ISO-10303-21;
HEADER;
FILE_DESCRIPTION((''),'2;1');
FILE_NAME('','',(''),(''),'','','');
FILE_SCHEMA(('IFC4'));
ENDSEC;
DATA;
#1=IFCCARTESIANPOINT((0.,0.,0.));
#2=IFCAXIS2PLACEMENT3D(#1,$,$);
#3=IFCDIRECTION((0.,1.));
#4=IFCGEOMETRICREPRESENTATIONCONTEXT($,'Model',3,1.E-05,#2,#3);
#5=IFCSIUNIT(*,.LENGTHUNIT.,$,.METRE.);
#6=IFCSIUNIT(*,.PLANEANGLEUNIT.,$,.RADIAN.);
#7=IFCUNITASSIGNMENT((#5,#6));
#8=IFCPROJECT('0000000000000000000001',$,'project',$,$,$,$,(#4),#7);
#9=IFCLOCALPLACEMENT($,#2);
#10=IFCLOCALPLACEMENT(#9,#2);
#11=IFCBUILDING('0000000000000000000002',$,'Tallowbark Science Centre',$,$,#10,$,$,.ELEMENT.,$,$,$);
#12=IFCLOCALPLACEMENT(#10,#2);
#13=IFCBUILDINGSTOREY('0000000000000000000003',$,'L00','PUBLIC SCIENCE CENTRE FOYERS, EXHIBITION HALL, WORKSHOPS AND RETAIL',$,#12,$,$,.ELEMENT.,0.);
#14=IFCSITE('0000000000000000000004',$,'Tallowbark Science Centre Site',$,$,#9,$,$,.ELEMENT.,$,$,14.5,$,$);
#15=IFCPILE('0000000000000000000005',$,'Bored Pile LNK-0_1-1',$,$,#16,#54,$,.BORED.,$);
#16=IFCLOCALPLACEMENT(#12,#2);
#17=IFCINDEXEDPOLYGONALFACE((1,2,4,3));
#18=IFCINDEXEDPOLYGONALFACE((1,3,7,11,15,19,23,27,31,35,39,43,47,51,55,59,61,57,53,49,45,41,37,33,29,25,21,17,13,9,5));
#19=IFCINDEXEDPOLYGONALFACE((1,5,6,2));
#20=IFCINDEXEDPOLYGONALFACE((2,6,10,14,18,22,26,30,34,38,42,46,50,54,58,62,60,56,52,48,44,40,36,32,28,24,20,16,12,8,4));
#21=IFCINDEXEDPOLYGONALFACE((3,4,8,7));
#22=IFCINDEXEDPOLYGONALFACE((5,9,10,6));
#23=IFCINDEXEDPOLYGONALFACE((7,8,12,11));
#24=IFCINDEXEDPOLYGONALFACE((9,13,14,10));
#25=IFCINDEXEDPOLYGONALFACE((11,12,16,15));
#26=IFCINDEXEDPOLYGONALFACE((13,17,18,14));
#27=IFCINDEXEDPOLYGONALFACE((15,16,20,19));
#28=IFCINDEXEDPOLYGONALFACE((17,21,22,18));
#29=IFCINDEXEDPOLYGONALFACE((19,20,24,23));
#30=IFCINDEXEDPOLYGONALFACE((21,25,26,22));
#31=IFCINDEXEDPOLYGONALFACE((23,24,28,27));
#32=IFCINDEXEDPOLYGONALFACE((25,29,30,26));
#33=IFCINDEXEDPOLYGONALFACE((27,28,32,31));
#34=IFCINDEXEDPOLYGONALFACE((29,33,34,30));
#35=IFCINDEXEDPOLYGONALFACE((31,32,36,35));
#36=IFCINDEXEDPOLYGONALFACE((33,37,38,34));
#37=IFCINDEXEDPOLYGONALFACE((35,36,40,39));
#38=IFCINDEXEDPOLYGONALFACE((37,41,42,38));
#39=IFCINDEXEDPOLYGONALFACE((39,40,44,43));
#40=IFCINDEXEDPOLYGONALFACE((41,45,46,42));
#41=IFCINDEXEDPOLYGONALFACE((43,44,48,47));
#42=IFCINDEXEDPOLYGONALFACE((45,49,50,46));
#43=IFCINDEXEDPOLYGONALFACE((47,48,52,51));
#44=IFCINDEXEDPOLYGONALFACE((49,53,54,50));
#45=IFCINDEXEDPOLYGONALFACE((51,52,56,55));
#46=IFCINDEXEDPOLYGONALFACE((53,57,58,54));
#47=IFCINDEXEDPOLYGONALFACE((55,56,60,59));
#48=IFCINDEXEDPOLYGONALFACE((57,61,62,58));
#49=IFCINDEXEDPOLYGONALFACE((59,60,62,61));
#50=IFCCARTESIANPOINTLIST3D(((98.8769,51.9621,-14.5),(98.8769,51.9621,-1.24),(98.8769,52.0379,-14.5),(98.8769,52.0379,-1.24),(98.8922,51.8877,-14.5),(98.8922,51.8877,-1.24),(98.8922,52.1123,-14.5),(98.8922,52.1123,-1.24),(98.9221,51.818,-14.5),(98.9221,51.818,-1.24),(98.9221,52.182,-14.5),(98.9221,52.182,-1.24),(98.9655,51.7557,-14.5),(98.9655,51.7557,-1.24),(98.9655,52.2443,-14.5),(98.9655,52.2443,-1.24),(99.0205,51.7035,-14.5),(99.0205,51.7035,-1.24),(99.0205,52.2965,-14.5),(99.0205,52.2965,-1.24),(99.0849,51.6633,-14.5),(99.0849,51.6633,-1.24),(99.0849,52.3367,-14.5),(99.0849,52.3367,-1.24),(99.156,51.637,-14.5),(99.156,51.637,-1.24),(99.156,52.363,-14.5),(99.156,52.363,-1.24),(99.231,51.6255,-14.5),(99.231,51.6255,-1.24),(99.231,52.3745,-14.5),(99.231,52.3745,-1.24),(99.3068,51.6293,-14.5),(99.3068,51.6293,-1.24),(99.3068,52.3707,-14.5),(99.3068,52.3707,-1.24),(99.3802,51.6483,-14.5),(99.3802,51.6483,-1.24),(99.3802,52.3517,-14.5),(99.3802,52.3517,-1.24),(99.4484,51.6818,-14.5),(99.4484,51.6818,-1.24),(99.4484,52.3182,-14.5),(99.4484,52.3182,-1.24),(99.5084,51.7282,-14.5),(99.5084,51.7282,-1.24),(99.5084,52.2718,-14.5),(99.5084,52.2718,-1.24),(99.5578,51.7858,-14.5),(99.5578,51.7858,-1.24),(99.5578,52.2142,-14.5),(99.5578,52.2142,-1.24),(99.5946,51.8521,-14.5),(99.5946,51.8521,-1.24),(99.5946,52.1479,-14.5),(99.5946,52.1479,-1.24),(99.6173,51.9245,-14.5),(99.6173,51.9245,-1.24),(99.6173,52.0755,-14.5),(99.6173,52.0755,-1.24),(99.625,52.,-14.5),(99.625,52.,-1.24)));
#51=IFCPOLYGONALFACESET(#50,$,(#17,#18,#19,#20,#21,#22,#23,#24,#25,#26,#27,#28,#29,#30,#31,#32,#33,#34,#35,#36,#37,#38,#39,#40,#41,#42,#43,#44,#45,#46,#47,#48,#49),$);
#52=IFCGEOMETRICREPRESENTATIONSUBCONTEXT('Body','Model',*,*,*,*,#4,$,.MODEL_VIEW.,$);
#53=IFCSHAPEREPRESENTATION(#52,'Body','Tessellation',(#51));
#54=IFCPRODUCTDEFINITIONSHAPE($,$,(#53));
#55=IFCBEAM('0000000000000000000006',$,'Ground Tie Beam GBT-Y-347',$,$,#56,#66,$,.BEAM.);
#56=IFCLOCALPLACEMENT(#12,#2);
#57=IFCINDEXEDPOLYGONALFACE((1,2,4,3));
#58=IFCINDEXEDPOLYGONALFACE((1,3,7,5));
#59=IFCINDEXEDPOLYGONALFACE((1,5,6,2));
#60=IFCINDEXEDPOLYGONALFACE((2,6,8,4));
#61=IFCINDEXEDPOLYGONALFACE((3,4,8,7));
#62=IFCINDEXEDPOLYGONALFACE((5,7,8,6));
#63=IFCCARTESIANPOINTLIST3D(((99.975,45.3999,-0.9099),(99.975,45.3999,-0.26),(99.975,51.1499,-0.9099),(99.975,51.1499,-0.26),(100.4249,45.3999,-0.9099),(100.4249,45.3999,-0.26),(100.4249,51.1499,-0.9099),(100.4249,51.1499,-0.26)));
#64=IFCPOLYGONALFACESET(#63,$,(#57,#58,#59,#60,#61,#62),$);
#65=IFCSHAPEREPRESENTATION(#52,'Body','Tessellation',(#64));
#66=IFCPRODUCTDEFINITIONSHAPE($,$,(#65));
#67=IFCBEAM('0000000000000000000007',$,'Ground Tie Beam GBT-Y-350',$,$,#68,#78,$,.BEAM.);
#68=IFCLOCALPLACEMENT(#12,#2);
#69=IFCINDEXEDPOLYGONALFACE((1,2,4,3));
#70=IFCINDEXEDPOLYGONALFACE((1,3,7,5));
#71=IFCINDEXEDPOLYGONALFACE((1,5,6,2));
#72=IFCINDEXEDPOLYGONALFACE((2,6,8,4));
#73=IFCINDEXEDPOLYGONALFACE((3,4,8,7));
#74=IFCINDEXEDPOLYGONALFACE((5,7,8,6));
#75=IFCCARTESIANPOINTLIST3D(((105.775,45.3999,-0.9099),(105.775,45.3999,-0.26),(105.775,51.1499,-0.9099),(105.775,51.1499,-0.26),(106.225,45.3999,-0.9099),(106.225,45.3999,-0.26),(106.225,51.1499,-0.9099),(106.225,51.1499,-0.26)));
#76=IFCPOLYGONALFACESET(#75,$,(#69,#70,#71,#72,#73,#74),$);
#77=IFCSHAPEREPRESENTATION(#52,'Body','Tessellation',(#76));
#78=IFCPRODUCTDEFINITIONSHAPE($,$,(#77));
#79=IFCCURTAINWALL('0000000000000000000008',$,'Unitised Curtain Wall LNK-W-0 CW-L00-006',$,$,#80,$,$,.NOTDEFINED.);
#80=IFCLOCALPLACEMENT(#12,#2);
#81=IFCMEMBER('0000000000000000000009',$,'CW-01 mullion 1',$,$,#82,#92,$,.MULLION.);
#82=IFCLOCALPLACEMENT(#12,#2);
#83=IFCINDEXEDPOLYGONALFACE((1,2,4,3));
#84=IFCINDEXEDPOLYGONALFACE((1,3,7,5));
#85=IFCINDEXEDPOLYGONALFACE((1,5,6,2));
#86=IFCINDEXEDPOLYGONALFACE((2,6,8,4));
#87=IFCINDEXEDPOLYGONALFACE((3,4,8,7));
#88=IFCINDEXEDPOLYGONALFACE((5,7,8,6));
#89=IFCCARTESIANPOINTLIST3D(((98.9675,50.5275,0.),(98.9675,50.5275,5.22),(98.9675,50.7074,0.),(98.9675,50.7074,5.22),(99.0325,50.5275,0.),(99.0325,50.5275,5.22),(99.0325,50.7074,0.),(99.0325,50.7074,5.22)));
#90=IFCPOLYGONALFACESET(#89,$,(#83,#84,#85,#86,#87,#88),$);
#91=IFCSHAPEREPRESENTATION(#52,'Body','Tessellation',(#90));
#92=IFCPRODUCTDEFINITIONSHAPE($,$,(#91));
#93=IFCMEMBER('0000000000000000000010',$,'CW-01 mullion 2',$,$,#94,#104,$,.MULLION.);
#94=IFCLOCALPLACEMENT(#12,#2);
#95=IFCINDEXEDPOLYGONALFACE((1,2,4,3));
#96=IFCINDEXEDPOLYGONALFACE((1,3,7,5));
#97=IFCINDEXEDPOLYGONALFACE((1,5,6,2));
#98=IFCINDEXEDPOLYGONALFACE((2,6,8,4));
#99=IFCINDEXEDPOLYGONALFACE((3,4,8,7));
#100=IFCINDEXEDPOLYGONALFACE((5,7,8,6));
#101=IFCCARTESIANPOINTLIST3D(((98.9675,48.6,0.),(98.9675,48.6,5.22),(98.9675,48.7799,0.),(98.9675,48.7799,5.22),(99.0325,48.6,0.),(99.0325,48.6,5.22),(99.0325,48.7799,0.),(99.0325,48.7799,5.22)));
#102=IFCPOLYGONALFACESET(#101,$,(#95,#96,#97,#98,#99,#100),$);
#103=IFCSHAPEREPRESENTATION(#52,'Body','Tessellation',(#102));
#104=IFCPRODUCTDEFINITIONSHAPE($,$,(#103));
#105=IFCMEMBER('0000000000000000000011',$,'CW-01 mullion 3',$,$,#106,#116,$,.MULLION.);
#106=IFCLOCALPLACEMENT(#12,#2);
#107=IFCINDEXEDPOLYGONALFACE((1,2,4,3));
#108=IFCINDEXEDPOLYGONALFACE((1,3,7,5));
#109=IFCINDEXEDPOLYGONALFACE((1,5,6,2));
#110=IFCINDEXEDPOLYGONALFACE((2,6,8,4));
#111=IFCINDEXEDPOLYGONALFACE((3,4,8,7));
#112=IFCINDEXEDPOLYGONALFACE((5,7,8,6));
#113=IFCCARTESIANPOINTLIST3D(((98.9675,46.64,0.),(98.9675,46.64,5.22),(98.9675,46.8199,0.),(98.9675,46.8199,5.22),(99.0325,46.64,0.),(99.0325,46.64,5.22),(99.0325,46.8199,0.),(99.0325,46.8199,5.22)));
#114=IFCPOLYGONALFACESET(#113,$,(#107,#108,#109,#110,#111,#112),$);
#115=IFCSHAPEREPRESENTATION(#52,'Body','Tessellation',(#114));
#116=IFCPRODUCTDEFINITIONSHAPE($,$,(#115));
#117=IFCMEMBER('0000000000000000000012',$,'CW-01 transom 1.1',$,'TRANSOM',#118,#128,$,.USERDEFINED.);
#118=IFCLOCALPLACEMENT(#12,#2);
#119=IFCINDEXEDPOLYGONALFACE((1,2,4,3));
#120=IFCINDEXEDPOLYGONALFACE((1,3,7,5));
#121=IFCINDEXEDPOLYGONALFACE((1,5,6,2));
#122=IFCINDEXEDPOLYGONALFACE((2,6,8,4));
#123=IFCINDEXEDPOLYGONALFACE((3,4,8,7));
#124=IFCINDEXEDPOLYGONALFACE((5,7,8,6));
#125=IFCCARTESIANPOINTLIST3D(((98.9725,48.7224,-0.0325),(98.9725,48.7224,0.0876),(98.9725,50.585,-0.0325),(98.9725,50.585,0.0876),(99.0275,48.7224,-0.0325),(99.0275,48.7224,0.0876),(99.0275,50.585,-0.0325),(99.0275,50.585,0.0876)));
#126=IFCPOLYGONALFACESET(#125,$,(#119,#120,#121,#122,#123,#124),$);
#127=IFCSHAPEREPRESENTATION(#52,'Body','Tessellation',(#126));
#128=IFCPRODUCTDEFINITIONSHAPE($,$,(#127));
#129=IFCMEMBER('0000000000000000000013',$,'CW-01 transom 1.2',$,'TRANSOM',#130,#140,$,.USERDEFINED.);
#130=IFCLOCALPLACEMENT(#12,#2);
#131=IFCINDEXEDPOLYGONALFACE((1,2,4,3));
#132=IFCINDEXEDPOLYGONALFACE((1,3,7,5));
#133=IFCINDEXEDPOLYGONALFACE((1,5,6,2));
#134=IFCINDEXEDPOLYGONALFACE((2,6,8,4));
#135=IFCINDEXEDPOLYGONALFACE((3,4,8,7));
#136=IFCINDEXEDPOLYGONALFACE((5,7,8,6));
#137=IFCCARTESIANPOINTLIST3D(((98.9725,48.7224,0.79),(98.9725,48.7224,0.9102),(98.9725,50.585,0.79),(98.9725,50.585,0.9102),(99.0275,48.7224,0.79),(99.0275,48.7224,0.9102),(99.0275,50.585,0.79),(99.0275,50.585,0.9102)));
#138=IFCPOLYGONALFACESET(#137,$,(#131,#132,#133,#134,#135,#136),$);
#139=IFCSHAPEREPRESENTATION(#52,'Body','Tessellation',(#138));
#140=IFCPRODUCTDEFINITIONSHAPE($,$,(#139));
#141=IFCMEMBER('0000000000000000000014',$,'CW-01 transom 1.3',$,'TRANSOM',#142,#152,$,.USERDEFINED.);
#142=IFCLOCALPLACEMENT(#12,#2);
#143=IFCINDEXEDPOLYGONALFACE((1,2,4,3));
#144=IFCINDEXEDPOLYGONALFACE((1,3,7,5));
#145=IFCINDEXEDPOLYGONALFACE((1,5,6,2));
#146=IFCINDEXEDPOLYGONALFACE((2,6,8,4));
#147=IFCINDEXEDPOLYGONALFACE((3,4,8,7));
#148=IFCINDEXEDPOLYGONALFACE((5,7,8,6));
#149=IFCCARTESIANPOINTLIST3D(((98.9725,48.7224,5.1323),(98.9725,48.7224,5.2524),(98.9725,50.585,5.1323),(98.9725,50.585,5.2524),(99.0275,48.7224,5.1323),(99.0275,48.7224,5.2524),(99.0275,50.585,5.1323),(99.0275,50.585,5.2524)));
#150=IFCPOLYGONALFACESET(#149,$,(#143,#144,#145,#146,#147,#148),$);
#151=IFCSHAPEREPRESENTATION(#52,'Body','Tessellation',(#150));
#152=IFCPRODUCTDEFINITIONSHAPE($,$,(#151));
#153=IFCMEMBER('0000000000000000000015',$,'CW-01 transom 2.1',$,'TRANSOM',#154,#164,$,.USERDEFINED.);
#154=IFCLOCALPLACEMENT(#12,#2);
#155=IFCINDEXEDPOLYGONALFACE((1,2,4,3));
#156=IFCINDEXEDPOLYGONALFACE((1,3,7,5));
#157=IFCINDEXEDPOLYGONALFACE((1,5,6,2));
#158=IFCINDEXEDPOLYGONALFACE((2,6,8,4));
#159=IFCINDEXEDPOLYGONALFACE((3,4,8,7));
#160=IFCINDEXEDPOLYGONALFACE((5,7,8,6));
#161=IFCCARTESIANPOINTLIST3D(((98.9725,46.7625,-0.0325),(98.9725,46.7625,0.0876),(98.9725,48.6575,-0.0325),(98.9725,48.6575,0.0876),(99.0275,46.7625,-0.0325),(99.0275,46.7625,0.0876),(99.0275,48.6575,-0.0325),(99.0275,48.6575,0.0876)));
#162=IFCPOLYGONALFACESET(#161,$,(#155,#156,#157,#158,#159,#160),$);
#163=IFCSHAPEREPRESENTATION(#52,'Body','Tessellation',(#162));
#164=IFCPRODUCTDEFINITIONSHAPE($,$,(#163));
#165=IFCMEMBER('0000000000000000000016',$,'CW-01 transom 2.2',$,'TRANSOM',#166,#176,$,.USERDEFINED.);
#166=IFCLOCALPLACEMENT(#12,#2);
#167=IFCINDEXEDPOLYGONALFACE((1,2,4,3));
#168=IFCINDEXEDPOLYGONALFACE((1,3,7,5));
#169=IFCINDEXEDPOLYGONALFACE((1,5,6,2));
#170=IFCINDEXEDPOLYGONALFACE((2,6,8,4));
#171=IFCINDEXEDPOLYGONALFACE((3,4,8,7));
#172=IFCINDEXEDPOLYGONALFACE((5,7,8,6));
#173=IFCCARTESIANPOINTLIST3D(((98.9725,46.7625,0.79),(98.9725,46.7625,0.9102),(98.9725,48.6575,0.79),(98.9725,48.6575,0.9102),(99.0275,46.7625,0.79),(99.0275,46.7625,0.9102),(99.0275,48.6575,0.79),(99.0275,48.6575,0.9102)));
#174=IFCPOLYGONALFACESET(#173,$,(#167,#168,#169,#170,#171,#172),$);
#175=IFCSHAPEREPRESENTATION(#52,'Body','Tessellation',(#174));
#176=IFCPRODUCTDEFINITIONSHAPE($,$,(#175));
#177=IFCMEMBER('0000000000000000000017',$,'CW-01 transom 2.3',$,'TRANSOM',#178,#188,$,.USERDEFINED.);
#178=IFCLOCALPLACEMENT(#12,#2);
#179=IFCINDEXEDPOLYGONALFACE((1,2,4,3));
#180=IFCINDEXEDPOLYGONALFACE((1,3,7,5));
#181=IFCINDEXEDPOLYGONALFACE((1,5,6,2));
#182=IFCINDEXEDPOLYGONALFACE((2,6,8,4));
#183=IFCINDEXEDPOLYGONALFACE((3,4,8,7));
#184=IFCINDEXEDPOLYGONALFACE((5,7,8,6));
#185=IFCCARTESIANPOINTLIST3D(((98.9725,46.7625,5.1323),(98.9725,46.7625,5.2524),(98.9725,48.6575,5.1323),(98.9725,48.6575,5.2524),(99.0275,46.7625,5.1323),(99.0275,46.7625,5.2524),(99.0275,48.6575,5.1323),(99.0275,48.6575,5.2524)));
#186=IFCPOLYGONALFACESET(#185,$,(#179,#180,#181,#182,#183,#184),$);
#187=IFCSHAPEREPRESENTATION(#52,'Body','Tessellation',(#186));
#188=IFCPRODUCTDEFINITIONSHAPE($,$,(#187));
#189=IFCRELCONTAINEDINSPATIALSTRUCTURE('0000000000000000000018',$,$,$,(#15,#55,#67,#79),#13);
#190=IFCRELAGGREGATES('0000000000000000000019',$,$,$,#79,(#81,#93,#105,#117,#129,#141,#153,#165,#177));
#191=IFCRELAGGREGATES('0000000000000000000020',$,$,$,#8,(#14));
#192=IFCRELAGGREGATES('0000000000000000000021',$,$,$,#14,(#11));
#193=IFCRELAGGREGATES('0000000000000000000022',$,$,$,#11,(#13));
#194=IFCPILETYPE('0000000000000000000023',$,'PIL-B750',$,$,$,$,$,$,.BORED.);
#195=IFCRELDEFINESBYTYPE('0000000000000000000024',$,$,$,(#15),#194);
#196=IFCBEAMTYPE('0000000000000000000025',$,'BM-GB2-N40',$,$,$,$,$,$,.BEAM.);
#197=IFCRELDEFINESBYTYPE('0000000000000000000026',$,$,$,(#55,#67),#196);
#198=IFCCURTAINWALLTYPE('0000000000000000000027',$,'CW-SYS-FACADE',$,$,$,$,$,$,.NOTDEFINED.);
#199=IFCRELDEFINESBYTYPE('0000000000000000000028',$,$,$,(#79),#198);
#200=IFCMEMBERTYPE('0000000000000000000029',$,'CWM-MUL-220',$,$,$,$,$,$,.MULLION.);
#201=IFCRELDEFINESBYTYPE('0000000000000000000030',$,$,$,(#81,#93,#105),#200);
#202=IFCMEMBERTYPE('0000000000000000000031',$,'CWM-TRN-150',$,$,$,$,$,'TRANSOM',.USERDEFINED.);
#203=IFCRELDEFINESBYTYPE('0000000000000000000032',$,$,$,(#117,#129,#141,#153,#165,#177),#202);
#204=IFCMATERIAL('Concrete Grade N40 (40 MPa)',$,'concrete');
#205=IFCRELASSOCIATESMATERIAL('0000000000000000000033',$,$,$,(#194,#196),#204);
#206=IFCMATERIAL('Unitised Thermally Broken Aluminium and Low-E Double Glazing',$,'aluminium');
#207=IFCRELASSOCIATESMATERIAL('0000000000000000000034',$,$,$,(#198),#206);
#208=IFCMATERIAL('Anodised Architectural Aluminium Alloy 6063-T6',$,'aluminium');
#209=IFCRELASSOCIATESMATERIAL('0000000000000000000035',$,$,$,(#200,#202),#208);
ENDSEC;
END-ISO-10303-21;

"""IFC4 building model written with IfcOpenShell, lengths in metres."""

from ifc_helpers import new_model, si_unit, direction, frame, origin, origin_2d, place, context, subcontext, project, spatial, rectangle, circle, extrude, material, material_profile, profile_set, type_object, element, aggregate, save


model = new_model("IFC4")

# Units and contexts
model_context = context("Model", 3, precision=1e-05, world=origin(), true_north=direction((0.0, 1.0)))
body_context = subcontext(model_context, "Body", "Model", "MODEL_VIEW")
ifc_project = project(units=[si_unit("LENGTHUNIT", "METRE"), si_unit("PLANEANGLEUNIT", "RADIAN")], contexts=[model_context])

# Site, building, storey
site_placement = place(None, origin())
site = spatial("IfcSite", under=ifc_project, at=site_placement, Name="Tallowbark Science Centre Site", CompositionType="ELEMENT", RefElevation=14.5)
building_placement = place(site_placement, origin())
building = spatial("IfcBuilding", under=site, at=building_placement, Name="Tallowbark Science Centre", CompositionType="ELEMENT")
storey_placement = place(building_placement, origin())
storey = spatial("IfcBuildingStorey", under=building, at=storey_placement, Name="L00", Description="PUBLIC SCIENCE CENTRE FOYERS, EXHIBITION HALL, WORKSHOPS AND RETAIL", CompositionType="ELEMENT", Elevation=0.0)

# Pile
ifc_material_1 = material(Name="Concrete Grade N40 (40 MPa)", Category="concrete")
ifc_material_profile_1 = material_profile(ifc_material_1, circle(Radius=0.375, at=origin_2d()), Name="PILE750")
ifc_profile_set_1 = profile_set([ifc_material_profile_1], Name="Concrete Grade N40 (40 MPa)")
pile_type = type_object("IfcPileType", Name="PIL-B750", PredefinedType="BORED", material=ifc_profile_set_1)
pile_placement = place(storey_placement, frame((99.25, 52.0, -1.24), z_axis=(0.0, 0.0, -1.0), x_axis=(1.0, 0.0, 0.0)))
element("IfcPile", 1, at=pile_placement, inside=storey, type_object=pile_type, Name="Bored Pile LNK-0_1-1", PredefinedType="BORED", context=body_context, shape_type="SweptSolid", body=[
    extrude(circle(Radius=0.375, at=origin_2d()), origin(), (0.0, 0.0, 1.0), 13.26),
])

# Beams
ifc_material_profile_2 = material_profile(ifc_material_1, rectangle(XDim=0.45, YDim=0.6499, at=origin_2d()), Name="RC450x650")
ifc_profile_set_2 = profile_set([ifc_material_profile_2], Name="Concrete Grade N40 (40 MPa)")
beam_type = type_object("IfcBeamType", Name="BM-GB2-N40", PredefinedType="BEAM", material=ifc_profile_set_2)
for number, where, z_axis, x_axis, name in (
    (2, (100.2, 45.3999, -0.585), (0.0, 1.0, 0.0), (-1.0, 0.0, 0.0), "Ground Tie Beam GBT-Y-347"),
    (3, (106.0, 45.3999, -0.585), (0.0, 1.0, 0.0), (-1.0, 0.0, 0.0), "Ground Tie Beam GBT-Y-350"),
):
    element("IfcBeam", number, at=place(storey_placement, frame(where, z_axis=z_axis, x_axis=x_axis)), inside=storey, type_object=beam_type, Name=name, PredefinedType="BEAM", context=body_context, shape_type="SweptSolid", body=[
        extrude(rectangle(XDim=0.45, YDim=0.6499, at=origin_2d()), origin(), (0.0, 0.0, 1.0), 5.75),
    ])

# Curtain wall, members
ifc_material_2 = material(Name="Unitised Thermally Broken Aluminium and Low-E Double Glazing", Category="aluminium")
curtain_wall_type = type_object("IfcCurtainWallType", Name="CW-SYS-FACADE", PredefinedType="NOTDEFINED", material=ifc_material_2)
curtain_wall_placement = place(storey_placement, origin())
curtain_wall = element("IfcCurtainWall", 4, at=curtain_wall_placement, inside=storey, type_object=curtain_wall_type, Name="Unitised Curtain Wall LNK-W-0 CW-L00-006", PredefinedType="NOTDEFINED")
ifc_material_3 = material(Name="Anodised Architectural Aluminium Alloy 6063-T6", Category="aluminium")
ifc_material_profile_3 = material_profile(ifc_material_3, rectangle(XDim=0.0649, YDim=0.1799, at=origin_2d()), Name="ALU65x180")
ifc_profile_set_3 = profile_set([ifc_material_profile_3], Name="Anodised Architectural Aluminium Alloy 6063-T6")
member_type_1 = type_object("IfcMemberType", Name="CWM-MUL-220", PredefinedType="MULLION", material=ifc_profile_set_3)
member_1_placement = place(storey_placement, frame((99.0, 50.6174, 0.0), z_axis=(0.0, 0.0, 1.0), x_axis=(1.0, 0.0, 0.0)))
member_1 = element("IfcMember", 5, at=member_1_placement, type_object=member_type_1, Name="CW-01 mullion 1", PredefinedType="MULLION", context=body_context, shape_type="SweptSolid", body=[
    extrude(rectangle(XDim=0.0649, YDim=0.1799, at=origin_2d()), origin(), (0.0, 0.0, 1.0), 5.22),
])
member_2_placement = place(storey_placement, frame((99.0, 48.6899, 0.0), z_axis=(0.0, 0.0, 1.0), x_axis=(1.0, 0.0, 0.0)))
member_2 = element("IfcMember", 6, at=member_2_placement, type_object=member_type_1, Name="CW-01 mullion 2", PredefinedType="MULLION", context=body_context, shape_type="SweptSolid", body=[
    extrude(rectangle(XDim=0.0649, YDim=0.1799, at=origin_2d()), origin(), (0.0, 0.0, 1.0), 5.22),
])
member_3_placement = place(storey_placement, frame((99.0, 46.73, 0.0), z_axis=(0.0, 0.0, 1.0), x_axis=(1.0, 0.0, 0.0)))
member_3 = element("IfcMember", 7, at=member_3_placement, type_object=member_type_1, Name="CW-01 mullion 3", PredefinedType="MULLION", context=body_context, shape_type="SweptSolid", body=[
    extrude(rectangle(XDim=0.0649, YDim=0.1799, at=origin_2d()), origin(), (0.0, 0.0, 1.0), 5.22),
])
ifc_material_profile_4 = material_profile(ifc_material_3, rectangle(XDim=0.0549, YDim=0.1201, at=origin_2d()), Name="ALU55x120")
ifc_profile_set_4 = profile_set([ifc_material_profile_4], Name="Anodised Architectural Aluminium Alloy 6063-T6")
member_type_2 = type_object("IfcMemberType", Name="CWM-TRN-150", ElementType="TRANSOM", PredefinedType="USERDEFINED", material=ifc_profile_set_4)
member_4_placement = place(storey_placement, frame((99.0, 50.585, 0.0276), z_axis=(0.0, -1.0, 0.0), x_axis=(1.0, 0.0, 0.0)))
member_4 = element("IfcMember", 8, at=member_4_placement, type_object=member_type_2, Name="CW-01 transom 1.1", ObjectType="TRANSOM", PredefinedType="USERDEFINED", context=body_context, shape_type="SweptSolid", body=[
    extrude(rectangle(XDim=0.0549, YDim=0.1201, at=origin_2d()), origin(), (0.0, 0.0, 1.0), 1.8625),
])
member_5_placement = place(storey_placement, frame((99.0, 50.585, 0.8501), z_axis=(0.0, -1.0, 0.0), x_axis=(1.0, 0.0, 0.0)))
member_5 = element("IfcMember", 9, at=member_5_placement, type_object=member_type_2, Name="CW-01 transom 1.2", ObjectType="TRANSOM", PredefinedType="USERDEFINED", context=body_context, shape_type="SweptSolid", body=[
    extrude(rectangle(XDim=0.0549, YDim=0.1201, at=origin_2d()), origin(), (0.0, 0.0, 1.0), 1.8625),
])
member_6_placement = place(storey_placement, frame((99.0, 50.585, 5.1924), z_axis=(0.0, -1.0, 0.0), x_axis=(1.0, 0.0, 0.0)))
member_6 = element("IfcMember", 10, at=member_6_placement, type_object=member_type_2, Name="CW-01 transom 1.3", ObjectType="TRANSOM", PredefinedType="USERDEFINED", context=body_context, shape_type="SweptSolid", body=[
    extrude(rectangle(XDim=0.0549, YDim=0.1201, at=origin_2d()), origin(), (0.0, 0.0, 1.0), 1.8625),
])
member_7_placement = place(storey_placement, frame((99.0, 48.6575, 0.0276), z_axis=(0.0, -1.0, 0.0), x_axis=(1.0, 0.0, 0.0)))
member_7 = element("IfcMember", 11, at=member_7_placement, type_object=member_type_2, Name="CW-01 transom 2.1", ObjectType="TRANSOM", PredefinedType="USERDEFINED", context=body_context, shape_type="SweptSolid", body=[
    extrude(rectangle(XDim=0.0549, YDim=0.1201, at=origin_2d()), origin(), (0.0, 0.0, 1.0), 1.895),
])
member_8_placement = place(storey_placement, frame((99.0, 48.6575, 0.8501), z_axis=(0.0, -1.0, 0.0), x_axis=(1.0, 0.0, 0.0)))
member_8 = element("IfcMember", 12, at=member_8_placement, type_object=member_type_2, Name="CW-01 transom 2.2", ObjectType="TRANSOM", PredefinedType="USERDEFINED", context=body_context, shape_type="SweptSolid", body=[
    extrude(rectangle(XDim=0.0549, YDim=0.1201, at=origin_2d()), origin(), (0.0, 0.0, 1.0), 1.895),
])
member_9_placement = place(storey_placement, frame((99.0, 48.6575, 5.1924), z_axis=(0.0, -1.0, 0.0), x_axis=(1.0, 0.0, 0.0)))
member_9 = element("IfcMember", 13, at=member_9_placement, type_object=member_type_2, Name="CW-01 transom 2.3", ObjectType="TRANSOM", PredefinedType="USERDEFINED", context=body_context, shape_type="SweptSolid", body=[
    extrude(rectangle(XDim=0.0549, YDim=0.1201, at=origin_2d()), origin(), (0.0, 0.0, 1.0), 1.895),
])
aggregate(curtain_wall, [member_1, member_2, member_3, member_4, member_5, member_6, member_7, member_8, member_9])

save(model, "model.ifc")
